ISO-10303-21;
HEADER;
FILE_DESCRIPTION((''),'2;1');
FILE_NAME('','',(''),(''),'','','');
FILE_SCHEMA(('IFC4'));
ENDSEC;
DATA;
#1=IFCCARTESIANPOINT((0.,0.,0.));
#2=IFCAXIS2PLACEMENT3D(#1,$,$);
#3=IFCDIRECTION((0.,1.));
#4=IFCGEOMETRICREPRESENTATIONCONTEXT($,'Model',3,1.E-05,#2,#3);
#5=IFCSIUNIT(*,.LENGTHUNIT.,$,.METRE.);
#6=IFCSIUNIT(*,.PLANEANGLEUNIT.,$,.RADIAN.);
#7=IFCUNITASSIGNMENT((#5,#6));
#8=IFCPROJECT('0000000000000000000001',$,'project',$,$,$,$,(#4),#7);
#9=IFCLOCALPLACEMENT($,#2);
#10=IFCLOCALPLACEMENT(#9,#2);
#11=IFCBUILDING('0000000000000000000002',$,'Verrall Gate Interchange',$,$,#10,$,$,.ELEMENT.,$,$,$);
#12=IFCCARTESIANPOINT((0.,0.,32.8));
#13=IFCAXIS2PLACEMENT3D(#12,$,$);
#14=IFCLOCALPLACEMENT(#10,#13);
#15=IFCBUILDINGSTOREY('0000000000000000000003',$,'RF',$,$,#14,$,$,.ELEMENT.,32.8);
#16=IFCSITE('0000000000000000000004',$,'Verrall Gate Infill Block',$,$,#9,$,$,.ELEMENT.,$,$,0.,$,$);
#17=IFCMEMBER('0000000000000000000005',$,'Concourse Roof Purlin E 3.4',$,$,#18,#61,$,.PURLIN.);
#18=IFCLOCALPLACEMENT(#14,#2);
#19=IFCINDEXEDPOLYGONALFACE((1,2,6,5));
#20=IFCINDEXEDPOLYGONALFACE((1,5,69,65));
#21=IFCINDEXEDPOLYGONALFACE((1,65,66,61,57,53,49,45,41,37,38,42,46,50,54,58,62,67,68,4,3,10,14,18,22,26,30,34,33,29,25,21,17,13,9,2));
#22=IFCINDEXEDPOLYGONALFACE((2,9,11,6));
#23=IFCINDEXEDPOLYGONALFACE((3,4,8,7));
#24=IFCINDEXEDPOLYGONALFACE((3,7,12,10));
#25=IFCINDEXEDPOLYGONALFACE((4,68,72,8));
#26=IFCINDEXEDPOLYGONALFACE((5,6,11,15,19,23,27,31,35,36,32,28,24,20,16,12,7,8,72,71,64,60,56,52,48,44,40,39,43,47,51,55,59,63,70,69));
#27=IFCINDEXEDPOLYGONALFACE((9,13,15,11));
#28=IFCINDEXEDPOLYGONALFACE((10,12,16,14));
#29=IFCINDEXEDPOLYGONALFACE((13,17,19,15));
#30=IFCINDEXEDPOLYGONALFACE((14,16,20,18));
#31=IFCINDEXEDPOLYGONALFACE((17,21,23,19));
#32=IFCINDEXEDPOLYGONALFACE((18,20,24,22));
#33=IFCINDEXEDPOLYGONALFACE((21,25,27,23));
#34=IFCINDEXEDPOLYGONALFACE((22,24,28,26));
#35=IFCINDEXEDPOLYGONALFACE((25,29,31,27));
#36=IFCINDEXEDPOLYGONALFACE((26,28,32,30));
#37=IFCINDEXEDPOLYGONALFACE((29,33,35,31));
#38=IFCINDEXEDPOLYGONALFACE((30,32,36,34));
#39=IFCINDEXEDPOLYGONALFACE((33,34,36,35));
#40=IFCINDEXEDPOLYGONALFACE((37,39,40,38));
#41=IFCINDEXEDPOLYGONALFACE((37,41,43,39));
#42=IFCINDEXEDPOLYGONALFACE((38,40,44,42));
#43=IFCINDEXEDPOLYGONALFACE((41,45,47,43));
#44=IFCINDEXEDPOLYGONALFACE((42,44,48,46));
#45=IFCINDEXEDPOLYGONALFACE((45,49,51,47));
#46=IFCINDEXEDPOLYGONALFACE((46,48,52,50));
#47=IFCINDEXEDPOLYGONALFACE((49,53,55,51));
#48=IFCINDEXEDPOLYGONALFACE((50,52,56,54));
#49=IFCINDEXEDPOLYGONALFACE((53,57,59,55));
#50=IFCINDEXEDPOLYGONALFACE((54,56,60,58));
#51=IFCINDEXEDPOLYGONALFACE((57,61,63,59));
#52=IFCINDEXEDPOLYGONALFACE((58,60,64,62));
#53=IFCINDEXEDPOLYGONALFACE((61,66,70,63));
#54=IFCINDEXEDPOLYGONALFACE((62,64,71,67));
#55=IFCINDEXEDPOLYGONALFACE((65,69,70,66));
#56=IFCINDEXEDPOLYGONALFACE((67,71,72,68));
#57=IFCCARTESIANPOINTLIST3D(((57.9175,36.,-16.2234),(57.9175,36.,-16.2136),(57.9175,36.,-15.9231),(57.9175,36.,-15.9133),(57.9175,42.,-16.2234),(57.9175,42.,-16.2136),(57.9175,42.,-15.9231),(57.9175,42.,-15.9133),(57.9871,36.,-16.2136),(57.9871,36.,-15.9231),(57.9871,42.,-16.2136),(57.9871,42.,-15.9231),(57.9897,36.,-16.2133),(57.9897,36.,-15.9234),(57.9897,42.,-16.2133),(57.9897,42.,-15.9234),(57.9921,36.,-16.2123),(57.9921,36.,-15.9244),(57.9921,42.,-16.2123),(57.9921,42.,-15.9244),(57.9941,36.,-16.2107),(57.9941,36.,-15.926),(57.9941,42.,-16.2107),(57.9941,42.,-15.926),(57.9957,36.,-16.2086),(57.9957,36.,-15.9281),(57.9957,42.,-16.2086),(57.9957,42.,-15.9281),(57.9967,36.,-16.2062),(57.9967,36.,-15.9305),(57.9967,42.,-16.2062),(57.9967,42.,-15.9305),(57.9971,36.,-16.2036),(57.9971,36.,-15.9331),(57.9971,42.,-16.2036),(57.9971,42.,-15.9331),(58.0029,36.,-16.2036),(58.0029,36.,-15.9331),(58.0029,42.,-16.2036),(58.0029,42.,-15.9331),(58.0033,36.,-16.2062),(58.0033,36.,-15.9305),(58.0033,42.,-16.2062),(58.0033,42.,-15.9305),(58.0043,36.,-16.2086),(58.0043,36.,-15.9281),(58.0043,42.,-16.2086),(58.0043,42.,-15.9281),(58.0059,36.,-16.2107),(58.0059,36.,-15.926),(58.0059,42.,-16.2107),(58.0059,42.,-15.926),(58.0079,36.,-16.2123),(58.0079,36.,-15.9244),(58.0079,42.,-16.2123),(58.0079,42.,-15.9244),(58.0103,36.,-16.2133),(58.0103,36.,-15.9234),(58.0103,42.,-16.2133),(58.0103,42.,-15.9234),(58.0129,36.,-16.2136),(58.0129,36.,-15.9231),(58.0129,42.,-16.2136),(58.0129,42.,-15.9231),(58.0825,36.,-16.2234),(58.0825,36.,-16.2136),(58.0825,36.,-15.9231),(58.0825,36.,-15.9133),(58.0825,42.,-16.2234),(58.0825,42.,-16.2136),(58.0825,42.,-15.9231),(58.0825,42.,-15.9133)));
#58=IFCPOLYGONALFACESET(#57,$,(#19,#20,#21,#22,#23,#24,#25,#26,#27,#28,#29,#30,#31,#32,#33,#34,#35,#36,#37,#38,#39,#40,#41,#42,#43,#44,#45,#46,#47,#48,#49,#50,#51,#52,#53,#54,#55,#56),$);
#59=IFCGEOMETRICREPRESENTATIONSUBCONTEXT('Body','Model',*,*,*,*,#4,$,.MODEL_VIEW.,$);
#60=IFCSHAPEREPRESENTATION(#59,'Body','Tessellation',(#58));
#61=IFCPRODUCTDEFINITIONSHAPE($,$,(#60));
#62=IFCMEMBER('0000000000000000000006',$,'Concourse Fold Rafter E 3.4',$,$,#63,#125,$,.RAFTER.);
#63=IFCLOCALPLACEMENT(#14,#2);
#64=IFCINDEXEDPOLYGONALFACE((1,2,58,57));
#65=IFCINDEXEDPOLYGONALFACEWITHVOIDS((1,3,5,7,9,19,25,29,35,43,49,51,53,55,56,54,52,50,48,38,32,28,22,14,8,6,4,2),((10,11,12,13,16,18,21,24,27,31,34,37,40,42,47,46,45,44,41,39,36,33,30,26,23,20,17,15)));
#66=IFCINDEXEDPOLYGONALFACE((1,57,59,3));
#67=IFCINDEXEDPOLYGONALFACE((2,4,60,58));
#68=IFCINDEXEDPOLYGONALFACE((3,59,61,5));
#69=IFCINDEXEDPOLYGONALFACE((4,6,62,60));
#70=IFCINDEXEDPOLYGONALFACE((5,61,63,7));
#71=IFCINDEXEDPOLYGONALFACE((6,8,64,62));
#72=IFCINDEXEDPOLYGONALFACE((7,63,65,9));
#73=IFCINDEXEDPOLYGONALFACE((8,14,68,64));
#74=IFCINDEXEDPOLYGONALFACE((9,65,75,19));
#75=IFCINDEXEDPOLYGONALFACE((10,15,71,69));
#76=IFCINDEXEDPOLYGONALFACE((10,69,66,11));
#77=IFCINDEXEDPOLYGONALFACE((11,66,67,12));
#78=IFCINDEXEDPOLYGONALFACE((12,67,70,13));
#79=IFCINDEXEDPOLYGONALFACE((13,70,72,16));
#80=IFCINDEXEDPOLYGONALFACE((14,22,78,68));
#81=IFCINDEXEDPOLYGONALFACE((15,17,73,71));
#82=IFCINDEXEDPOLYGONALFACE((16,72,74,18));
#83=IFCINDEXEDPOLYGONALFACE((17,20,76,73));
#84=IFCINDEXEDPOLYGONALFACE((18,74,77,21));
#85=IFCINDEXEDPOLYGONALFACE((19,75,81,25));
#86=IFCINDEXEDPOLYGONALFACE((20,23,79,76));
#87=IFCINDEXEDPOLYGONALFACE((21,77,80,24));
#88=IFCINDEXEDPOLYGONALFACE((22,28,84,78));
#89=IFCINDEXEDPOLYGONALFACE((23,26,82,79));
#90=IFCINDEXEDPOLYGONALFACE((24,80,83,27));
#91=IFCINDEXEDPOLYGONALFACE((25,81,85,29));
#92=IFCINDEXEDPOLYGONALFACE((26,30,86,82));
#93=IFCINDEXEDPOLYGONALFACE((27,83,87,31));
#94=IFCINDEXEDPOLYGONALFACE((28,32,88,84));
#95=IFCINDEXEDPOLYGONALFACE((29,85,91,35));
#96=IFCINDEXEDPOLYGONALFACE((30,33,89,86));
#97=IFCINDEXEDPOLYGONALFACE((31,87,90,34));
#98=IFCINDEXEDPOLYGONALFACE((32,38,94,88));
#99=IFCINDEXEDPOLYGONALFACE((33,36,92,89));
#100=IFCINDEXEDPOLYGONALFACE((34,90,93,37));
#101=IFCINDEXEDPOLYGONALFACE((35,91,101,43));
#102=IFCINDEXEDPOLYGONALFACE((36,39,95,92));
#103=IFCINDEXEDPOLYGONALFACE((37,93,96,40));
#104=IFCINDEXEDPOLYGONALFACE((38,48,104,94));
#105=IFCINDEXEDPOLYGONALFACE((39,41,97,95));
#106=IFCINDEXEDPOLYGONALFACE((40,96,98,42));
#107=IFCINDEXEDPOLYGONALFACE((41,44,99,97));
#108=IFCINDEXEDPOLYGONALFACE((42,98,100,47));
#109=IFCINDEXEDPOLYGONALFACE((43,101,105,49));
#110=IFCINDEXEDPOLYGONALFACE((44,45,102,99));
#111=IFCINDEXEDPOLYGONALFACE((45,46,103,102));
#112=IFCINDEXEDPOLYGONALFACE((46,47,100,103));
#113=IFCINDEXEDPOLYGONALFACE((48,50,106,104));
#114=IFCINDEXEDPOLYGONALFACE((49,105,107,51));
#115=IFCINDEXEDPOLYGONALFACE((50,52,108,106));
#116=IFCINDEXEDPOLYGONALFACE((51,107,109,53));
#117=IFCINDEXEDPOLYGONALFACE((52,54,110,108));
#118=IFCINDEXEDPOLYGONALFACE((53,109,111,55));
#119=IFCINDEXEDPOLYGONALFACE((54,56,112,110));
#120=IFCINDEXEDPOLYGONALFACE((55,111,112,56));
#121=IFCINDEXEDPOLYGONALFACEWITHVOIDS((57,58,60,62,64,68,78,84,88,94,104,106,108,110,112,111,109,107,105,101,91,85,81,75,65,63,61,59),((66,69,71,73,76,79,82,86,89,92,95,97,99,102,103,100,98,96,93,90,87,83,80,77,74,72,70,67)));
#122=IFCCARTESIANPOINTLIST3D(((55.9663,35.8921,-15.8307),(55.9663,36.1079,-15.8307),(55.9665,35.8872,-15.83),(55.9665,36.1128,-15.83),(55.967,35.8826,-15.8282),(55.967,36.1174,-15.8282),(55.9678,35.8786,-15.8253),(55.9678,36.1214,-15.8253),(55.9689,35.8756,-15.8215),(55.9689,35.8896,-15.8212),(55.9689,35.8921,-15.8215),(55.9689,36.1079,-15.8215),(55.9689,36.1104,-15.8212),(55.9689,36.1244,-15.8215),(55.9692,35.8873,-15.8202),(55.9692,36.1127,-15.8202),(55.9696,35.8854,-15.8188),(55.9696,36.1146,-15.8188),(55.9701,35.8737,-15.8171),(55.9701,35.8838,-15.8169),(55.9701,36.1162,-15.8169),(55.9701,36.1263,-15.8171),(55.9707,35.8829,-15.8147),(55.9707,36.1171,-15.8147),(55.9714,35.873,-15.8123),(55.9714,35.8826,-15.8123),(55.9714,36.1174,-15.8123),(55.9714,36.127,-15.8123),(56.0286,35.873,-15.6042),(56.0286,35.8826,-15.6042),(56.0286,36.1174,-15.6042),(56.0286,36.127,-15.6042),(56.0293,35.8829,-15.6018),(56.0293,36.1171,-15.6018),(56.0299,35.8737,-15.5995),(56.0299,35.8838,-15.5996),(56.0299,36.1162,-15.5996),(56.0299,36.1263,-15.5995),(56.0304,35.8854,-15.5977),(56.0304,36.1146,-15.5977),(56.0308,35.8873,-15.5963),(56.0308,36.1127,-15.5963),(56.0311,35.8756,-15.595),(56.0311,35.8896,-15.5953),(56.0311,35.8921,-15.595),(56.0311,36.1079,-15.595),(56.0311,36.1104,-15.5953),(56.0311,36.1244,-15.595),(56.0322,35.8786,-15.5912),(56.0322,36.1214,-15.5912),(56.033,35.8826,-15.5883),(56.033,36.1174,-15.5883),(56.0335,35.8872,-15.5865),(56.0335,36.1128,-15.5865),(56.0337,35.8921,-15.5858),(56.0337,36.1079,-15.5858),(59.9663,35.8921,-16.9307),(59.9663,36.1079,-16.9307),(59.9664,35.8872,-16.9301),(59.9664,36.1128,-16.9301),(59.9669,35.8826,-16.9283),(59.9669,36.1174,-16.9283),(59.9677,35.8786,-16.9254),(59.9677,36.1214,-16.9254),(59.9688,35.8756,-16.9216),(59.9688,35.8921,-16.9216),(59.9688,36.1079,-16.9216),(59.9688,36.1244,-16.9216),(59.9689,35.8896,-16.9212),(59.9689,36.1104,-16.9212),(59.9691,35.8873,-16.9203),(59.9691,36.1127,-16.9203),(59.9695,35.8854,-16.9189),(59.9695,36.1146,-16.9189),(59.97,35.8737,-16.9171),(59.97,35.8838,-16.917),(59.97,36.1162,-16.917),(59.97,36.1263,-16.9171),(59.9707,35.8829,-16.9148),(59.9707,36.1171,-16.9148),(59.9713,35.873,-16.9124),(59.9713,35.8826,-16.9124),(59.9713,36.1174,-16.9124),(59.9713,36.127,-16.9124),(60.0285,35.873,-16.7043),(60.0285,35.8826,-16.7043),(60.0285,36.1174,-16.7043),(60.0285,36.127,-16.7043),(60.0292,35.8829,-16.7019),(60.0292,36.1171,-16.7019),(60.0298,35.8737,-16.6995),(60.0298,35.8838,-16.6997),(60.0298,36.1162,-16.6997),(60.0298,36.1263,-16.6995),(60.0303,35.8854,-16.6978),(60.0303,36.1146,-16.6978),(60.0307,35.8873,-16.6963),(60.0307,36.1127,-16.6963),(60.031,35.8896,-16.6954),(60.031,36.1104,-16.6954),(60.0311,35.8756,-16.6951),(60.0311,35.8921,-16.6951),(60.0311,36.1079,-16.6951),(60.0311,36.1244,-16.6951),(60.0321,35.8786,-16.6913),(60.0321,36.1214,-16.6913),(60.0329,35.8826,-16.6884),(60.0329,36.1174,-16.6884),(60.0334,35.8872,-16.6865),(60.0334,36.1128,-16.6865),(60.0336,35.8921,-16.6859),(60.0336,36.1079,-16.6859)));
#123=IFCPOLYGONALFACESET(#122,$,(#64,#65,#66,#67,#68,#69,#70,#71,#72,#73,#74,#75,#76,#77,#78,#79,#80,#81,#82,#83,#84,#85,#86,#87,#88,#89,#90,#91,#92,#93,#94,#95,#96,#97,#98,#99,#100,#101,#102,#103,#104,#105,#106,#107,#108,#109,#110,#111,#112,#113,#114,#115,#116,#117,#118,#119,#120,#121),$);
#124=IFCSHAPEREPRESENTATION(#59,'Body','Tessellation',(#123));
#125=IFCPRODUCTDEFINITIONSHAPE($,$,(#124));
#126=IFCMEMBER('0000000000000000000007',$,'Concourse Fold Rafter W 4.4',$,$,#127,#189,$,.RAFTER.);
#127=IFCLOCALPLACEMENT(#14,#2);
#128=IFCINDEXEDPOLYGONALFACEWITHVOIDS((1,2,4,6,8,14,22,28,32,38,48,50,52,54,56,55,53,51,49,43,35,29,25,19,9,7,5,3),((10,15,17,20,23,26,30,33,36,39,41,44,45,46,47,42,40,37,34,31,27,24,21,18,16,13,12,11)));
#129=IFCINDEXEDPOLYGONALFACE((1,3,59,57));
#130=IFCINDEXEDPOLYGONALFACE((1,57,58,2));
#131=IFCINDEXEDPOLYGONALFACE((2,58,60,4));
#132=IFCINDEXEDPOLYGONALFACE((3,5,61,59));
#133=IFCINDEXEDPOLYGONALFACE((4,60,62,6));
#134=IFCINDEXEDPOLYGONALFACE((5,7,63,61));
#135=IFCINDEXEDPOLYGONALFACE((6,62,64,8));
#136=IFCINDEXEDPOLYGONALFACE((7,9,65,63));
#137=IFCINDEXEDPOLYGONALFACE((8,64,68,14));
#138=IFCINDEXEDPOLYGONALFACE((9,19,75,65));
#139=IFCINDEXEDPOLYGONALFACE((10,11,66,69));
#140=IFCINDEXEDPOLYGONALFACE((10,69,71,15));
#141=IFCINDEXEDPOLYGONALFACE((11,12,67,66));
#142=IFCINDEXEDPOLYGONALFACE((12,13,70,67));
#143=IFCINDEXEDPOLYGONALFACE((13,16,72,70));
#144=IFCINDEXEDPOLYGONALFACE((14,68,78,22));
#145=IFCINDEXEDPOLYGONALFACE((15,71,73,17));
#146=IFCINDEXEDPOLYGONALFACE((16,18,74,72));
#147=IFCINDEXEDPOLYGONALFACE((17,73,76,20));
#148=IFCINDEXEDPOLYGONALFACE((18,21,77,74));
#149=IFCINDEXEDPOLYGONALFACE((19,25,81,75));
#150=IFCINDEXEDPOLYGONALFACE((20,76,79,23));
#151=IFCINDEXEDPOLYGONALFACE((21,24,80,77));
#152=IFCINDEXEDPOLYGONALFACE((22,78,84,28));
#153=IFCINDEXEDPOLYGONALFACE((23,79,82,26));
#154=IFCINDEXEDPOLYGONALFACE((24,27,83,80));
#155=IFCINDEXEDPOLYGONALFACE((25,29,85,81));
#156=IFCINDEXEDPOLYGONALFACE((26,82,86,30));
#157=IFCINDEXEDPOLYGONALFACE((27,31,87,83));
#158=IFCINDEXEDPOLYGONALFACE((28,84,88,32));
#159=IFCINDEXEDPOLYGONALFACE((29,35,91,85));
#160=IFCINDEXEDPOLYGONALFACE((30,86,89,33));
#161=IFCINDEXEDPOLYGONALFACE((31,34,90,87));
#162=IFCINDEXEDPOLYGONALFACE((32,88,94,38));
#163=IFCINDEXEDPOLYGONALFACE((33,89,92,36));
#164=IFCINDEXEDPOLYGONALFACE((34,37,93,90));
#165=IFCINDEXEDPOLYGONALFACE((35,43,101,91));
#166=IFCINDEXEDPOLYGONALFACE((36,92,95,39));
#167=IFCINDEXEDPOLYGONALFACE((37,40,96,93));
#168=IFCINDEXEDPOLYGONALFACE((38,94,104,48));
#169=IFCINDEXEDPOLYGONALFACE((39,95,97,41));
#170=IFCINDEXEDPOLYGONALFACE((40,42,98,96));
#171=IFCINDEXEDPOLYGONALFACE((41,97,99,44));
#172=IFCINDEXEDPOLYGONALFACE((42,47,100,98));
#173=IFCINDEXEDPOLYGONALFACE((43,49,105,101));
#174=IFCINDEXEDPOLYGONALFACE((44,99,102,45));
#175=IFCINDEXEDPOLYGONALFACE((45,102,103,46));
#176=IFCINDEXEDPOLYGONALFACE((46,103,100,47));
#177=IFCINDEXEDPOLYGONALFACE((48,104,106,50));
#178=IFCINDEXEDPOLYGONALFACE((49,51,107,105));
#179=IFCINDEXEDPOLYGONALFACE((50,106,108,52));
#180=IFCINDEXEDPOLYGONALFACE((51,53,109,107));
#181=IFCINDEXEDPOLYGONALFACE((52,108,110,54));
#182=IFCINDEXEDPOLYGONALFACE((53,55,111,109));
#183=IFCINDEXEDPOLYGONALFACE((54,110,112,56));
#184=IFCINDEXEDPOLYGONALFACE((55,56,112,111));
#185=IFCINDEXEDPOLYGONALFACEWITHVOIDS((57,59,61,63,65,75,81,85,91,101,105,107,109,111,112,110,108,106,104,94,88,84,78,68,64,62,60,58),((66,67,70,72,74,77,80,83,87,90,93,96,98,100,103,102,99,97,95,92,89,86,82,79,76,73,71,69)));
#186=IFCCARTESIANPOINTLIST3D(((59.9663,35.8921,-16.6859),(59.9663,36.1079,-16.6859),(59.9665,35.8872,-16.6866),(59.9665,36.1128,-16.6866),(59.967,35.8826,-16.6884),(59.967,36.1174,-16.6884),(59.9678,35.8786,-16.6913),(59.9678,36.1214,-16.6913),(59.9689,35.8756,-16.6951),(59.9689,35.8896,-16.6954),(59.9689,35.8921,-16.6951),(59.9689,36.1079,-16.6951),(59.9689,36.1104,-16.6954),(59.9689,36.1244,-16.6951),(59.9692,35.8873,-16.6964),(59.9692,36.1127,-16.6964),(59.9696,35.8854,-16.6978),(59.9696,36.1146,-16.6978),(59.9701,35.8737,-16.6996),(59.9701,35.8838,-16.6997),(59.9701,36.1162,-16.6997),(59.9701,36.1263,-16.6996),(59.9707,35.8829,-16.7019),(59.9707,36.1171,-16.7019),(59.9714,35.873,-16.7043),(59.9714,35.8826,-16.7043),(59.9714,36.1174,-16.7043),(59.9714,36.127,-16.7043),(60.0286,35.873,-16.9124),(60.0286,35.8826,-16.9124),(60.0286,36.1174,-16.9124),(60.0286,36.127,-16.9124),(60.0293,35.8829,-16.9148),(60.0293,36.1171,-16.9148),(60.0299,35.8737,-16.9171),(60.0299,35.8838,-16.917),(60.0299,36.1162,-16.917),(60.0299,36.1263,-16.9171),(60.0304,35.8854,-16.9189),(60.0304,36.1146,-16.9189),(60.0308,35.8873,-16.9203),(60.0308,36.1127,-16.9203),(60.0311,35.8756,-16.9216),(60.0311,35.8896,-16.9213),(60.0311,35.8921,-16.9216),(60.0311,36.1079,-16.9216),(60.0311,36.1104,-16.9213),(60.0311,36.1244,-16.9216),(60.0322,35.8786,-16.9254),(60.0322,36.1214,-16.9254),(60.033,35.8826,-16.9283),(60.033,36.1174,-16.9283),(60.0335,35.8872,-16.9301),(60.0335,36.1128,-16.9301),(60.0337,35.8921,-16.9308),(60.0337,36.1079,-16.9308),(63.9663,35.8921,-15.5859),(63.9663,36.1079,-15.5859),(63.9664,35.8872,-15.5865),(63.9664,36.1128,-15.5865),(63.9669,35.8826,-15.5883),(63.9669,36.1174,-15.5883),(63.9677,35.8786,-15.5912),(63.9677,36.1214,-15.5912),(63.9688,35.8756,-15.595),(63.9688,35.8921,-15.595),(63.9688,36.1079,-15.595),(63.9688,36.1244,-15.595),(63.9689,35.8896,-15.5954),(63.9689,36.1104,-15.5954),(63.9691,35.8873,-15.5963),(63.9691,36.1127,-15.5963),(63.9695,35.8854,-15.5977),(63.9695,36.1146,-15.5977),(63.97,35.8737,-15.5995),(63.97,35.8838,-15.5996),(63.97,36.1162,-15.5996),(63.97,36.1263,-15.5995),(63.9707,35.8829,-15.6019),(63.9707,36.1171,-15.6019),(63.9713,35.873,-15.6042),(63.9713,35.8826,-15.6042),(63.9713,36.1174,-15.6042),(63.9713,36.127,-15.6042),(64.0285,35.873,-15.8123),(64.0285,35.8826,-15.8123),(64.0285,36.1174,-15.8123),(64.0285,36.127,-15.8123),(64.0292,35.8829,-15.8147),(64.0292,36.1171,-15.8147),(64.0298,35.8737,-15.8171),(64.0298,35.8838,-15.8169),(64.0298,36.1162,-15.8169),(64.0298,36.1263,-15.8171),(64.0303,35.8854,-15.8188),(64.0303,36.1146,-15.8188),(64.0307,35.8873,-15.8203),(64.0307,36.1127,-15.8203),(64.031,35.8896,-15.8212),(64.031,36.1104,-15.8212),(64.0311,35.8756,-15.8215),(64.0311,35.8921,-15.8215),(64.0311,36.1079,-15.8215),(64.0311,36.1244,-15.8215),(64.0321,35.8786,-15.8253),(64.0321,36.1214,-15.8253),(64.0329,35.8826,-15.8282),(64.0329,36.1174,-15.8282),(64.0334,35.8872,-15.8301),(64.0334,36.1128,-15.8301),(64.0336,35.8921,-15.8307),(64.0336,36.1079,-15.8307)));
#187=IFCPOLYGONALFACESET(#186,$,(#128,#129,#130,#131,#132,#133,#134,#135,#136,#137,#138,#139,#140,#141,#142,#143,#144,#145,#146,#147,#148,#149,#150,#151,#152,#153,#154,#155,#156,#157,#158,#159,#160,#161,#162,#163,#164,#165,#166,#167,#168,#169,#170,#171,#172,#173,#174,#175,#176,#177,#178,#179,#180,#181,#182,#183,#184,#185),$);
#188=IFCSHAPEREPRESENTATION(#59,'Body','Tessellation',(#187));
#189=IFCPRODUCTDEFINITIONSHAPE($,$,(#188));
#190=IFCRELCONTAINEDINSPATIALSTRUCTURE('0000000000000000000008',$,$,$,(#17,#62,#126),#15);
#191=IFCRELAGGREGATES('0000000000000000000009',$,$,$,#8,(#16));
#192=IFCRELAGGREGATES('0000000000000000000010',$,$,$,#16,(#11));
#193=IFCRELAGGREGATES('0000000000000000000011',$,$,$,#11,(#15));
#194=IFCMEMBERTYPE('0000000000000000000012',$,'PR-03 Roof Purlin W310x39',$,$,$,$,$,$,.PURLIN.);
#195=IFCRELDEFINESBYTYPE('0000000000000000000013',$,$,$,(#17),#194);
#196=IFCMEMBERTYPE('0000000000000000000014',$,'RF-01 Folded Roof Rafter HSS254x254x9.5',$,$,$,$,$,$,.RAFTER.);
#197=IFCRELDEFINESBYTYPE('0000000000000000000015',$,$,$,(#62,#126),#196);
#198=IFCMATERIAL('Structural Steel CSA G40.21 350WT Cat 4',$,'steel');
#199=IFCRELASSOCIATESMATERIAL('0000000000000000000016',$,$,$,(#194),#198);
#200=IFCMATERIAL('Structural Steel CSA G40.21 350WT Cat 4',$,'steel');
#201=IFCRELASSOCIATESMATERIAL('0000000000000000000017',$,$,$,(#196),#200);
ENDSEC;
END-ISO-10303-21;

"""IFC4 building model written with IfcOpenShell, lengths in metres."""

from ifc_helpers import new_model, si_unit, direction, frame, origin, origin_2d, place, context, subcontext, project, spatial, hollow_rectangle, i_section, extrude, material, material_profile, profile_set, type_object, element, save


model = new_model("IFC4")

# Units and contexts
model_context = context("Model", 3, precision=1e-05, world=origin(), true_north=direction((0.0, 1.0)))
body_context = subcontext(model_context, "Body", "Model", "MODEL_VIEW")
ifc_project = project(units=[si_unit("LENGTHUNIT", "METRE"), si_unit("PLANEANGLEUNIT", "RADIAN")], contexts=[model_context])

# Site, building, storey
site_placement = place(None, origin())
site = spatial("IfcSite", under=ifc_project, at=site_placement, Name="Verrall Gate Infill Block", CompositionType="ELEMENT", RefElevation=0.0)
building_placement = place(site_placement, origin())
building = spatial("IfcBuilding", under=site, at=building_placement, Name="Verrall Gate Interchange", CompositionType="ELEMENT")
storey_placement = place(building_placement, frame((0.0, 0.0, 32.8)))
storey = spatial("IfcBuildingStorey", under=building, at=storey_placement, Name="RF", CompositionType="ELEMENT", Elevation=32.8)

# Members
ifc_material_1 = material(Name="Structural Steel CSA G40.21 350WT Cat 4", Category="steel")
ifc_material_profile_1 = material_profile(ifc_material_1, i_section(OverallWidth=0.165, OverallDepth=0.3101, WebThickness=0.0059, FlangeThickness=0.0098, FilletRadius=0.01, at=origin_2d()), Name="W310x39")
ifc_profile_set_1 = profile_set([ifc_material_profile_1], Name="Structural Steel CSA G40.21 350WT Cat 4")
member_type_1 = type_object("IfcMemberType", Name="PR-03 Roof Purlin W310x39", PredefinedType="PURLIN", material=ifc_profile_set_1)
for number, where, z_axis, x_axis, name in (
    (1, (58.0, 36.0, -16.0684), (0.0, 1.0, 0.0), (-1.0, 0.0, 0.0), "Concourse Roof Purlin E 3.4"),
):
    element("IfcMember", number, at=place(storey_placement, frame(where, z_axis=z_axis, x_axis=x_axis)), inside=storey, type_object=member_type_1, Name=name, PredefinedType="PURLIN", context=body_context, shape_type="SweptSolid", body=[
        extrude(i_section(OverallWidth=0.165, OverallDepth=0.3101, WebThickness=0.0059, FlangeThickness=0.0098, FilletRadius=0.01, at=origin_2d()), origin(), (0.0, 0.0, 1.0), 6.0),
    ])
ifc_material_2 = material(Name="Structural Steel CSA G40.21 350WT Cat 4", Category="steel")
ifc_material_profile_2 = material_profile(ifc_material_2, hollow_rectangle(XDim=0.2539, YDim=0.2539, WallThickness=0.0095, InnerFilletRadius=0.0095, OuterFilletRadius=0.019, at=origin_2d()), Name="HSS254x254x9.5")
ifc_profile_set_2 = profile_set([ifc_material_profile_2], Name="Structural Steel CSA G40.21 350WT Cat 4")
member_type_2 = type_object("IfcMemberType", Name="RF-01 Folded Roof Rafter HSS254x254x9.5", PredefinedType="RAFTER", material=ifc_profile_set_2)
for number, where, z_axis, x_axis, name in (
    (2, (56.0, 36.0, -15.7083), (0.964199, 0.0, -0.265178), (0.0, 1.0, 0.0), "Concourse Fold Rafter E 3.4"),
    (3, (60.0, 36.0, -16.8083), (0.964199, 0.0, 0.265178), (0.0, 1.0, 0.0), "Concourse Fold Rafter W 4.4"),
):
    element("IfcMember", number, at=place(storey_placement, frame(where, z_axis=z_axis, x_axis=x_axis)), inside=storey, type_object=member_type_2, Name=name, PredefinedType="RAFTER", context=body_context, shape_type="SweptSolid", body=[
        extrude(hollow_rectangle(XDim=0.2539, YDim=0.2539, WallThickness=0.0095, InnerFilletRadius=0.0095, OuterFilletRadius=0.019, at=origin_2d()), origin(), (0.0, 0.0, 1.0), 4.1484),
    ])

save(model, "model.ifc")
